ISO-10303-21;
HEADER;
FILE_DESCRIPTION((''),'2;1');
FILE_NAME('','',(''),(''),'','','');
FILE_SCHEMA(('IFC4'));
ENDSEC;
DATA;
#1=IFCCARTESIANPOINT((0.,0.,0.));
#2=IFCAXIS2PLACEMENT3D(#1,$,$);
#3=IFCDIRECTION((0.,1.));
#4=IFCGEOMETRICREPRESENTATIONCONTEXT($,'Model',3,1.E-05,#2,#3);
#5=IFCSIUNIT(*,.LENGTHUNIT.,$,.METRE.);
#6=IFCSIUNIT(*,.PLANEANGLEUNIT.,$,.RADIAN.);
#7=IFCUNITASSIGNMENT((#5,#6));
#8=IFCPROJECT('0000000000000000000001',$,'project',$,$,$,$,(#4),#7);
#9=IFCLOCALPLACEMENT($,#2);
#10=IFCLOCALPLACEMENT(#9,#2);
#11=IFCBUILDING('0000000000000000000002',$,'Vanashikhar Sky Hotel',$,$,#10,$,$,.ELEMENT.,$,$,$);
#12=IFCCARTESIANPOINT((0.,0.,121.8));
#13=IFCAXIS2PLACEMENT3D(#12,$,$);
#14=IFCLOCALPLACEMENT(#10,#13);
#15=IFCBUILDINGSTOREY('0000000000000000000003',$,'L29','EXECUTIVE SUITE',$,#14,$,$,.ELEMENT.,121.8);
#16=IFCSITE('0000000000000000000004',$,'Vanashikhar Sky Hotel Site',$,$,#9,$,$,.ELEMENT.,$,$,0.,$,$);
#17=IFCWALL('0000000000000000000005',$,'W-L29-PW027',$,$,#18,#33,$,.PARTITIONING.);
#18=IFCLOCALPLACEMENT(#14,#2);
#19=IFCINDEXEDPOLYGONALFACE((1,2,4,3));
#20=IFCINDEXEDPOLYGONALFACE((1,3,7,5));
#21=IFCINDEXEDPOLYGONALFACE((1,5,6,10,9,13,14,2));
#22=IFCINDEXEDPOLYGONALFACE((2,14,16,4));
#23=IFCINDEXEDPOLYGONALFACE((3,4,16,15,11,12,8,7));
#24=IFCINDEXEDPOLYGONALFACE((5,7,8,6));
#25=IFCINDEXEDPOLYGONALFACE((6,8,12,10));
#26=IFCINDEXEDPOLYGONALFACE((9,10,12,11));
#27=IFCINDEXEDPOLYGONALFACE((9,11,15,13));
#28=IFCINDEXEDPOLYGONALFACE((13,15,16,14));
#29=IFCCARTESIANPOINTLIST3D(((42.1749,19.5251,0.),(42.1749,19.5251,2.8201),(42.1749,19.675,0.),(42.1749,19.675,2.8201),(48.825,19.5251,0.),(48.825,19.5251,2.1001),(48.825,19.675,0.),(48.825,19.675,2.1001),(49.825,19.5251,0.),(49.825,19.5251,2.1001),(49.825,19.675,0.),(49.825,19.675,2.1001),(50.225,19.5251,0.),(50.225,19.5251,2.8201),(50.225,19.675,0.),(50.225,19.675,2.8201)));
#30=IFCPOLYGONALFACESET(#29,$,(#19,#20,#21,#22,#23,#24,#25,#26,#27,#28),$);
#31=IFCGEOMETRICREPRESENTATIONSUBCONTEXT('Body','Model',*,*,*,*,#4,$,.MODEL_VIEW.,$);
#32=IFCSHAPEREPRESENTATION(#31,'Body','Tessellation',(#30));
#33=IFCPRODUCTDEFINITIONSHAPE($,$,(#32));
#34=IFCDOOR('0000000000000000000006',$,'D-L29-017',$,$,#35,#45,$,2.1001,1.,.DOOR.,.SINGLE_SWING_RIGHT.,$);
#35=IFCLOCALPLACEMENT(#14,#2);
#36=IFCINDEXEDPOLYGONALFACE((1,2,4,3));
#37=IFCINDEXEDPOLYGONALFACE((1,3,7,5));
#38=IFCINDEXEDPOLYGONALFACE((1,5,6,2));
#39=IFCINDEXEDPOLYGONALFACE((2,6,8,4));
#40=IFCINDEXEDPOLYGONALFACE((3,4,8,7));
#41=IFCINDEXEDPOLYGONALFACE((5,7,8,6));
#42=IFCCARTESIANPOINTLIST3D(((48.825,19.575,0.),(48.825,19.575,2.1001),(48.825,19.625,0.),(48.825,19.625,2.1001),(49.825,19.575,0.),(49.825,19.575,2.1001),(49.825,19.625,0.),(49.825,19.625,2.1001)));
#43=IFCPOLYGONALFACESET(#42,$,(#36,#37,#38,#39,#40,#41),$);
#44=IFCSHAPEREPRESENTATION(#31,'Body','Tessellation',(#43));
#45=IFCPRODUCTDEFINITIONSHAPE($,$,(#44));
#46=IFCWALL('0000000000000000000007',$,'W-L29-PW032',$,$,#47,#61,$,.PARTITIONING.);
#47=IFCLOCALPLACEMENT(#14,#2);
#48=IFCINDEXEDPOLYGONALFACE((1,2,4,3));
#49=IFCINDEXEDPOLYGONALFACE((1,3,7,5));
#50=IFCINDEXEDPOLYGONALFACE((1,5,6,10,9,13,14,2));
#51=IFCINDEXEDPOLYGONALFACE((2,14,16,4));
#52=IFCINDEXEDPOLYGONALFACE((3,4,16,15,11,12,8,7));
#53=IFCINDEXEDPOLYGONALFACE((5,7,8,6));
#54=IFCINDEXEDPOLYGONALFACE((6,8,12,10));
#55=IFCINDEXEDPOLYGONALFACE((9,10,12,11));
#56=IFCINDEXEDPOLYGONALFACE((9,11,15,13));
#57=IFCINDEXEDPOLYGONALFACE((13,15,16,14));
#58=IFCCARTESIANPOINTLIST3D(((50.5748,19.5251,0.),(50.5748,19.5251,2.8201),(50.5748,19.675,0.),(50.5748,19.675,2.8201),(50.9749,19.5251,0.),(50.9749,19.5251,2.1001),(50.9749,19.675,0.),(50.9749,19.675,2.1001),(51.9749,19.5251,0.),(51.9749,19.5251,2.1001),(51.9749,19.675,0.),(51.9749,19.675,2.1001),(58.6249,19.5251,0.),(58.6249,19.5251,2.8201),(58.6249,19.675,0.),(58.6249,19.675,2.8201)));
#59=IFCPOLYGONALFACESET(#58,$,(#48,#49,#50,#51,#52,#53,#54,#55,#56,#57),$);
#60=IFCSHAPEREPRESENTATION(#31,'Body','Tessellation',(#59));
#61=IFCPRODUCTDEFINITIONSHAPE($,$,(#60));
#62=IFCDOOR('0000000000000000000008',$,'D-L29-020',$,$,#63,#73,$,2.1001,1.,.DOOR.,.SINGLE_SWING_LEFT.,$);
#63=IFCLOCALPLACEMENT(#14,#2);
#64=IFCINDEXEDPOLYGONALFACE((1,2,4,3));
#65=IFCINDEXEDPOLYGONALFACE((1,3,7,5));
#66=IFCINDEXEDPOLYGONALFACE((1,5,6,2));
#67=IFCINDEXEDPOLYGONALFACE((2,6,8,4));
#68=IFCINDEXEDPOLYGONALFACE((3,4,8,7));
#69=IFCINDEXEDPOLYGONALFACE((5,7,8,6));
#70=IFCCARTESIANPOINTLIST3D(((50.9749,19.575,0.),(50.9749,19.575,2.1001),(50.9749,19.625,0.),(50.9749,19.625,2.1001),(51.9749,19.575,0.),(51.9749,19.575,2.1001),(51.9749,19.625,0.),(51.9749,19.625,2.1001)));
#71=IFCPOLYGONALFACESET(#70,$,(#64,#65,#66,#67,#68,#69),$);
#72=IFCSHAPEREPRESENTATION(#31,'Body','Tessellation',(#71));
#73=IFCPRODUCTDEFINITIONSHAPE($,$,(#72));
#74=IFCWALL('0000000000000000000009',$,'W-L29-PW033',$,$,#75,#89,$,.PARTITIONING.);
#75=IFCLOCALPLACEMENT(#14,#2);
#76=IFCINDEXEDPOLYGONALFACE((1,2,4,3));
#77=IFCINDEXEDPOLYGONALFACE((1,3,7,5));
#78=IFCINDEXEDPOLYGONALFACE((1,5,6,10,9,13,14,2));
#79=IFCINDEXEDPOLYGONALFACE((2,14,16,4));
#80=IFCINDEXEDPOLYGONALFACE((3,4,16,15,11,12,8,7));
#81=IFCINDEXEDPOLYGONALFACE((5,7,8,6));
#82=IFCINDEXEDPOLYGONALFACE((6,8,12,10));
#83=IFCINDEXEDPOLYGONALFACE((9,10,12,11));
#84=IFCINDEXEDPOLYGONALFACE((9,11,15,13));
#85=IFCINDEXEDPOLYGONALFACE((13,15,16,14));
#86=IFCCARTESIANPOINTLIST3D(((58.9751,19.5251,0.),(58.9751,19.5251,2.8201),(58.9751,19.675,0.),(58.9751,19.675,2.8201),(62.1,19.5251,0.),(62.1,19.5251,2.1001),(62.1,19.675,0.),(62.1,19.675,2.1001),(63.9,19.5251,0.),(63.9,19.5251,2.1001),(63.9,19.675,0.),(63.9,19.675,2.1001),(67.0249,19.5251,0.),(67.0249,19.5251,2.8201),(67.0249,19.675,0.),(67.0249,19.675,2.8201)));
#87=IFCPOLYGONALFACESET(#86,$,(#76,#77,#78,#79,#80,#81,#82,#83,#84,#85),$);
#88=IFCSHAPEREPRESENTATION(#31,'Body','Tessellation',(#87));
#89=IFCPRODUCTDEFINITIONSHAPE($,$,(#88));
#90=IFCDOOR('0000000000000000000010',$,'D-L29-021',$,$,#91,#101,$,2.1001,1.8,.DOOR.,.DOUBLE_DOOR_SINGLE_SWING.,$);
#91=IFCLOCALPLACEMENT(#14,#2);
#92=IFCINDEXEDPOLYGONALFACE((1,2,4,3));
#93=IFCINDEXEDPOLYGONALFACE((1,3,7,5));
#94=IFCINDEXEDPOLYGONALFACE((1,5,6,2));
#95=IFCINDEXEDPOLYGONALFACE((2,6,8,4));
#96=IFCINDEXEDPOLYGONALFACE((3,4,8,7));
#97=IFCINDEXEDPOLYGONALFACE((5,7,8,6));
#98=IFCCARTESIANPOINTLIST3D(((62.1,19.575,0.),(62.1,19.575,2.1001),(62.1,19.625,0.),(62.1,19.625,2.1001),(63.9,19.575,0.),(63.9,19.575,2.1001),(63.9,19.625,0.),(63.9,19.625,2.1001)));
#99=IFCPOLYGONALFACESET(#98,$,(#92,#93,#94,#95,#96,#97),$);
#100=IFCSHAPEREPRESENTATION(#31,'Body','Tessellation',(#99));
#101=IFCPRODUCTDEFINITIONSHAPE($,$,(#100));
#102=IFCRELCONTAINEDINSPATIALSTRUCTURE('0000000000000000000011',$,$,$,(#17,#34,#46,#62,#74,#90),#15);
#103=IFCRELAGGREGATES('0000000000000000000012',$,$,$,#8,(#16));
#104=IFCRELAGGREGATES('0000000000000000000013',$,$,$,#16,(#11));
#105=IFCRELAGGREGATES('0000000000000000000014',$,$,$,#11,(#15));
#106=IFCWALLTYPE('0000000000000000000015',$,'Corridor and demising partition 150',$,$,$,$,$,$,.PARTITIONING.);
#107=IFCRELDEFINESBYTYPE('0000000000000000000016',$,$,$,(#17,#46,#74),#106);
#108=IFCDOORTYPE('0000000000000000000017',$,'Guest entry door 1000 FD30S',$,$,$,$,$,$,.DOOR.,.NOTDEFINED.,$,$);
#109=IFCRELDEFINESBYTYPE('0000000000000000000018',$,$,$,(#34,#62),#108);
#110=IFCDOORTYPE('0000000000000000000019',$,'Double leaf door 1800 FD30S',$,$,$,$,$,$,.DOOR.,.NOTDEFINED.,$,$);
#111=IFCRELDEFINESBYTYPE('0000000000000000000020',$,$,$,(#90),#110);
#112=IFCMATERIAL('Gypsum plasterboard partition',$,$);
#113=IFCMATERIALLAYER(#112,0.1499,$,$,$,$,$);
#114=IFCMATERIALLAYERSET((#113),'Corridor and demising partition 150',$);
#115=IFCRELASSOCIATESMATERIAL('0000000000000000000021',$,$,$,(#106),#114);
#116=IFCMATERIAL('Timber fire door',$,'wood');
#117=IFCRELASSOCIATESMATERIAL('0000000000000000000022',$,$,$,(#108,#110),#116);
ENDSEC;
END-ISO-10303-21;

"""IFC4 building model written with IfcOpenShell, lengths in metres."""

from ifc_helpers import new_model, si_unit, direction, frame, frame_2d, origin, place, context, subcontext, project, spatial, rectangle, extrude, source, transform, mapped, material, layer, layer_set, type_object, element, fill, save


model = new_model("IFC4")

# Units and contexts
model_context = context("Model", 3, precision=1e-05, world=origin(), true_north=direction((0.0, 1.0)))
body_context = subcontext(model_context, "Body", "Model", "MODEL_VIEW")
ifc_project = project(units=[si_unit("LENGTHUNIT", "METRE"), si_unit("PLANEANGLEUNIT", "RADIAN")], contexts=[model_context])

# Site, building, storey
site_placement = place(None, origin())
site = spatial("IfcSite", under=ifc_project, at=site_placement, Name="Vanashikhar Sky Hotel Site", CompositionType="ELEMENT", RefElevation=0.0)
building_placement = place(site_placement, origin())
building = spatial("IfcBuilding", under=site, at=building_placement, Name="Vanashikhar Sky Hotel", CompositionType="ELEMENT")
storey_placement = place(building_placement, frame((0.0, 0.0, 121.8)))
storey = spatial("IfcBuildingStorey", under=building, at=storey_placement, Name="L29", Description="EXECUTIVE SUITE", CompositionType="ELEMENT", Elevation=121.8)

# Shared definitions
shared_shape_1 = source(origin(), body_context, "Body", "SweptSolid", [
    extrude(rectangle(XDim=1.0, YDim=2.1001, at=frame_2d((0.5, 1.05))), frame((0.0, 0.0249, 0.0), z_axis=(0.0, -1.0, 0.0), x_axis=(1.0, 0.0, 0.0)), (0.0, 0.0, 1.0), 0.05),
])

# Shared definitions
ifc_material_1 = material(Name="Gypsum plasterboard partition")

# Walls, openings, doors
ifc_layer_1 = layer(ifc_material_1, 0.1499)
ifc_layer_set_1 = layer_set([ifc_layer_1], Name="Corridor and demising partition 150")
wall_type_1 = type_object("IfcWallType", Name="Corridor and demising partition 150", PredefinedType="PARTITIONING", material=ifc_layer_set_1)
shared_shape_2 = source(origin(), body_context, "Body", "SweptSolid", [
    extrude(rectangle(XDim=8.05, YDim=0.1499, at=frame_2d((4.0249, 0.0))), origin(), (0.0, 0.0, 1.0), 2.8201),
])
wall_1_placement = place(storey_placement, frame((42.175, 19.6001, 0.0), z_axis=(0.0, 0.0, 1.0), x_axis=(1.0, 0.0, 0.0)))
wall_1 = element("IfcWall", 1, at=wall_1_placement, inside=storey, type_object=wall_type_1, Name="W-L29-PW027", PredefinedType="PARTITIONING", context=body_context, shape_type="MappedRepresentation", body=[
    mapped(shared_shape_2, transform((0.0, 0.0, 0.0), scale=1.0)),
])
shared_shape_3 = source(origin(), body_context, "Body", "SweptSolid", [
    extrude(rectangle(XDim=1.0, YDim=2.1001, at=frame_2d((0.5, 1.05))), frame((0.0, 0.085, 0.0), z_axis=(0.0, -1.0, 0.0), x_axis=(1.0, 0.0, 0.0)), (0.0, 0.0, 1.0), 0.1699),
])
opening_1_placement = place(wall_1_placement, frame((6.6499, 0.0, 0.0)))
opening_1 = element("IfcOpeningElement", 2, at=opening_1_placement, cuts=wall_1, PredefinedType="OPENING", context=body_context, shape_type="MappedRepresentation", body=[
    mapped(shared_shape_3, transform((0.0, 0.0, 0.0), scale=1.0)),
])
ifc_material_2 = material(Name="Timber fire door", Category="wood")
door_type_1 = type_object("IfcDoorType", Name="Guest entry door 1000 FD30S", OperationType="NOTDEFINED", PredefinedType="DOOR", material=ifc_material_2)
door_1_placement = place(opening_1_placement, origin())
door_1 = element("IfcDoor", 3, at=door_1_placement, inside=storey, type_object=door_type_1, Name="D-L29-017", OperationType="SINGLE_SWING_RIGHT", OverallHeight=2.1001, OverallWidth=1.0, PredefinedType="DOOR", context=body_context, shape_type="MappedRepresentation", body=[
    mapped(shared_shape_1, transform((0.0, 0.0, 0.0), scale=1.0)),
])
fill(opening_1, door_1)
wall_2_placement = place(storey_placement, frame((50.575, 19.6001, 0.0), z_axis=(0.0, 0.0, 1.0), x_axis=(1.0, 0.0, 0.0)))
wall_2 = element("IfcWall", 4, at=wall_2_placement, inside=storey, type_object=wall_type_1, Name="W-L29-PW032", PredefinedType="PARTITIONING", context=body_context, shape_type="MappedRepresentation", body=[
    mapped(shared_shape_2, transform((0.0, 0.0, 0.0), scale=1.0)),
])
opening_2_placement = place(wall_2_placement, frame((0.3999, 0.0, 0.0)))
opening_2 = element("IfcOpeningElement", 5, at=opening_2_placement, cuts=wall_2, PredefinedType="OPENING", context=body_context, shape_type="MappedRepresentation", body=[
    mapped(shared_shape_3, transform((0.0, 0.0, 0.0), scale=1.0)),
])
door_2_placement = place(opening_2_placement, origin())
door_2 = element("IfcDoor", 6, at=door_2_placement, inside=storey, type_object=door_type_1, Name="D-L29-020", OperationType="SINGLE_SWING_LEFT", OverallHeight=2.1001, OverallWidth=1.0, PredefinedType="DOOR", context=body_context, shape_type="MappedRepresentation", body=[
    mapped(shared_shape_1, transform((0.0, 0.0, 0.0), scale=1.0)),
])
fill(opening_2, door_2)
shared_shape_4 = source(origin(), body_context, "Body", "SweptSolid", [
    extrude(rectangle(XDim=8.0498, YDim=0.1499, at=frame_2d((4.0249, 0.0))), origin(), (0.0, 0.0, 1.0), 2.8201),
])
wall_3_placement = place(storey_placement, frame((58.9751, 19.6001, 0.0), z_axis=(0.0, 0.0, 1.0), x_axis=(1.0, 0.0, 0.0)))
wall_3 = element("IfcWall", 7, at=wall_3_placement, inside=storey, type_object=wall_type_1, Name="W-L29-PW033", PredefinedType="PARTITIONING", context=body_context, shape_type="MappedRepresentation", body=[
    mapped(shared_shape_4, transform((0.0, 0.0, 0.0), scale=1.0)),
])
shared_shape_5 = source(origin(), body_context, "Body", "SweptSolid", [
    extrude(rectangle(XDim=1.8, YDim=2.1001, at=frame_2d((0.8999, 1.05))), frame((0.0, 0.085, 0.0), z_axis=(0.0, -1.0, 0.0), x_axis=(1.0, 0.0, 0.0)), (0.0, 0.0, 1.0), 0.1699),
])
opening_3_placement = place(wall_3_placement, frame((3.125, 0.0, 0.0)))
opening_3 = element("IfcOpeningElement", 8, at=opening_3_placement, cuts=wall_3, PredefinedType="OPENING", context=body_context, shape_type="MappedRepresentation", body=[
    mapped(shared_shape_5, transform((0.0, 0.0, 0.0), scale=1.0)),
])
door_type_2 = type_object("IfcDoorType", Name="Double leaf door 1800 FD30S", OperationType="NOTDEFINED", PredefinedType="DOOR", material=ifc_material_2)
shared_shape_6 = source(origin(), body_context, "Body", "SweptSolid", [
    extrude(rectangle(XDim=1.8, YDim=2.1001, at=frame_2d((0.8999, 1.05))), frame((0.0, 0.0249, 0.0), z_axis=(0.0, -1.0, 0.0), x_axis=(1.0, 0.0, 0.0)), (0.0, 0.0, 1.0), 0.05),
])
door_3_placement = place(opening_3_placement, origin())
door_3 = element("IfcDoor", 9, at=door_3_placement, inside=storey, type_object=door_type_2, Name="D-L29-021", OperationType="DOUBLE_DOOR_SINGLE_SWING", OverallHeight=2.1001, OverallWidth=1.8, PredefinedType="DOOR", context=body_context, shape_type="MappedRepresentation", body=[
    mapped(shared_shape_6, transform((0.0, 0.0, 0.0), scale=1.0)),
])
fill(opening_3, door_3)

save(model, "model.ifc")
